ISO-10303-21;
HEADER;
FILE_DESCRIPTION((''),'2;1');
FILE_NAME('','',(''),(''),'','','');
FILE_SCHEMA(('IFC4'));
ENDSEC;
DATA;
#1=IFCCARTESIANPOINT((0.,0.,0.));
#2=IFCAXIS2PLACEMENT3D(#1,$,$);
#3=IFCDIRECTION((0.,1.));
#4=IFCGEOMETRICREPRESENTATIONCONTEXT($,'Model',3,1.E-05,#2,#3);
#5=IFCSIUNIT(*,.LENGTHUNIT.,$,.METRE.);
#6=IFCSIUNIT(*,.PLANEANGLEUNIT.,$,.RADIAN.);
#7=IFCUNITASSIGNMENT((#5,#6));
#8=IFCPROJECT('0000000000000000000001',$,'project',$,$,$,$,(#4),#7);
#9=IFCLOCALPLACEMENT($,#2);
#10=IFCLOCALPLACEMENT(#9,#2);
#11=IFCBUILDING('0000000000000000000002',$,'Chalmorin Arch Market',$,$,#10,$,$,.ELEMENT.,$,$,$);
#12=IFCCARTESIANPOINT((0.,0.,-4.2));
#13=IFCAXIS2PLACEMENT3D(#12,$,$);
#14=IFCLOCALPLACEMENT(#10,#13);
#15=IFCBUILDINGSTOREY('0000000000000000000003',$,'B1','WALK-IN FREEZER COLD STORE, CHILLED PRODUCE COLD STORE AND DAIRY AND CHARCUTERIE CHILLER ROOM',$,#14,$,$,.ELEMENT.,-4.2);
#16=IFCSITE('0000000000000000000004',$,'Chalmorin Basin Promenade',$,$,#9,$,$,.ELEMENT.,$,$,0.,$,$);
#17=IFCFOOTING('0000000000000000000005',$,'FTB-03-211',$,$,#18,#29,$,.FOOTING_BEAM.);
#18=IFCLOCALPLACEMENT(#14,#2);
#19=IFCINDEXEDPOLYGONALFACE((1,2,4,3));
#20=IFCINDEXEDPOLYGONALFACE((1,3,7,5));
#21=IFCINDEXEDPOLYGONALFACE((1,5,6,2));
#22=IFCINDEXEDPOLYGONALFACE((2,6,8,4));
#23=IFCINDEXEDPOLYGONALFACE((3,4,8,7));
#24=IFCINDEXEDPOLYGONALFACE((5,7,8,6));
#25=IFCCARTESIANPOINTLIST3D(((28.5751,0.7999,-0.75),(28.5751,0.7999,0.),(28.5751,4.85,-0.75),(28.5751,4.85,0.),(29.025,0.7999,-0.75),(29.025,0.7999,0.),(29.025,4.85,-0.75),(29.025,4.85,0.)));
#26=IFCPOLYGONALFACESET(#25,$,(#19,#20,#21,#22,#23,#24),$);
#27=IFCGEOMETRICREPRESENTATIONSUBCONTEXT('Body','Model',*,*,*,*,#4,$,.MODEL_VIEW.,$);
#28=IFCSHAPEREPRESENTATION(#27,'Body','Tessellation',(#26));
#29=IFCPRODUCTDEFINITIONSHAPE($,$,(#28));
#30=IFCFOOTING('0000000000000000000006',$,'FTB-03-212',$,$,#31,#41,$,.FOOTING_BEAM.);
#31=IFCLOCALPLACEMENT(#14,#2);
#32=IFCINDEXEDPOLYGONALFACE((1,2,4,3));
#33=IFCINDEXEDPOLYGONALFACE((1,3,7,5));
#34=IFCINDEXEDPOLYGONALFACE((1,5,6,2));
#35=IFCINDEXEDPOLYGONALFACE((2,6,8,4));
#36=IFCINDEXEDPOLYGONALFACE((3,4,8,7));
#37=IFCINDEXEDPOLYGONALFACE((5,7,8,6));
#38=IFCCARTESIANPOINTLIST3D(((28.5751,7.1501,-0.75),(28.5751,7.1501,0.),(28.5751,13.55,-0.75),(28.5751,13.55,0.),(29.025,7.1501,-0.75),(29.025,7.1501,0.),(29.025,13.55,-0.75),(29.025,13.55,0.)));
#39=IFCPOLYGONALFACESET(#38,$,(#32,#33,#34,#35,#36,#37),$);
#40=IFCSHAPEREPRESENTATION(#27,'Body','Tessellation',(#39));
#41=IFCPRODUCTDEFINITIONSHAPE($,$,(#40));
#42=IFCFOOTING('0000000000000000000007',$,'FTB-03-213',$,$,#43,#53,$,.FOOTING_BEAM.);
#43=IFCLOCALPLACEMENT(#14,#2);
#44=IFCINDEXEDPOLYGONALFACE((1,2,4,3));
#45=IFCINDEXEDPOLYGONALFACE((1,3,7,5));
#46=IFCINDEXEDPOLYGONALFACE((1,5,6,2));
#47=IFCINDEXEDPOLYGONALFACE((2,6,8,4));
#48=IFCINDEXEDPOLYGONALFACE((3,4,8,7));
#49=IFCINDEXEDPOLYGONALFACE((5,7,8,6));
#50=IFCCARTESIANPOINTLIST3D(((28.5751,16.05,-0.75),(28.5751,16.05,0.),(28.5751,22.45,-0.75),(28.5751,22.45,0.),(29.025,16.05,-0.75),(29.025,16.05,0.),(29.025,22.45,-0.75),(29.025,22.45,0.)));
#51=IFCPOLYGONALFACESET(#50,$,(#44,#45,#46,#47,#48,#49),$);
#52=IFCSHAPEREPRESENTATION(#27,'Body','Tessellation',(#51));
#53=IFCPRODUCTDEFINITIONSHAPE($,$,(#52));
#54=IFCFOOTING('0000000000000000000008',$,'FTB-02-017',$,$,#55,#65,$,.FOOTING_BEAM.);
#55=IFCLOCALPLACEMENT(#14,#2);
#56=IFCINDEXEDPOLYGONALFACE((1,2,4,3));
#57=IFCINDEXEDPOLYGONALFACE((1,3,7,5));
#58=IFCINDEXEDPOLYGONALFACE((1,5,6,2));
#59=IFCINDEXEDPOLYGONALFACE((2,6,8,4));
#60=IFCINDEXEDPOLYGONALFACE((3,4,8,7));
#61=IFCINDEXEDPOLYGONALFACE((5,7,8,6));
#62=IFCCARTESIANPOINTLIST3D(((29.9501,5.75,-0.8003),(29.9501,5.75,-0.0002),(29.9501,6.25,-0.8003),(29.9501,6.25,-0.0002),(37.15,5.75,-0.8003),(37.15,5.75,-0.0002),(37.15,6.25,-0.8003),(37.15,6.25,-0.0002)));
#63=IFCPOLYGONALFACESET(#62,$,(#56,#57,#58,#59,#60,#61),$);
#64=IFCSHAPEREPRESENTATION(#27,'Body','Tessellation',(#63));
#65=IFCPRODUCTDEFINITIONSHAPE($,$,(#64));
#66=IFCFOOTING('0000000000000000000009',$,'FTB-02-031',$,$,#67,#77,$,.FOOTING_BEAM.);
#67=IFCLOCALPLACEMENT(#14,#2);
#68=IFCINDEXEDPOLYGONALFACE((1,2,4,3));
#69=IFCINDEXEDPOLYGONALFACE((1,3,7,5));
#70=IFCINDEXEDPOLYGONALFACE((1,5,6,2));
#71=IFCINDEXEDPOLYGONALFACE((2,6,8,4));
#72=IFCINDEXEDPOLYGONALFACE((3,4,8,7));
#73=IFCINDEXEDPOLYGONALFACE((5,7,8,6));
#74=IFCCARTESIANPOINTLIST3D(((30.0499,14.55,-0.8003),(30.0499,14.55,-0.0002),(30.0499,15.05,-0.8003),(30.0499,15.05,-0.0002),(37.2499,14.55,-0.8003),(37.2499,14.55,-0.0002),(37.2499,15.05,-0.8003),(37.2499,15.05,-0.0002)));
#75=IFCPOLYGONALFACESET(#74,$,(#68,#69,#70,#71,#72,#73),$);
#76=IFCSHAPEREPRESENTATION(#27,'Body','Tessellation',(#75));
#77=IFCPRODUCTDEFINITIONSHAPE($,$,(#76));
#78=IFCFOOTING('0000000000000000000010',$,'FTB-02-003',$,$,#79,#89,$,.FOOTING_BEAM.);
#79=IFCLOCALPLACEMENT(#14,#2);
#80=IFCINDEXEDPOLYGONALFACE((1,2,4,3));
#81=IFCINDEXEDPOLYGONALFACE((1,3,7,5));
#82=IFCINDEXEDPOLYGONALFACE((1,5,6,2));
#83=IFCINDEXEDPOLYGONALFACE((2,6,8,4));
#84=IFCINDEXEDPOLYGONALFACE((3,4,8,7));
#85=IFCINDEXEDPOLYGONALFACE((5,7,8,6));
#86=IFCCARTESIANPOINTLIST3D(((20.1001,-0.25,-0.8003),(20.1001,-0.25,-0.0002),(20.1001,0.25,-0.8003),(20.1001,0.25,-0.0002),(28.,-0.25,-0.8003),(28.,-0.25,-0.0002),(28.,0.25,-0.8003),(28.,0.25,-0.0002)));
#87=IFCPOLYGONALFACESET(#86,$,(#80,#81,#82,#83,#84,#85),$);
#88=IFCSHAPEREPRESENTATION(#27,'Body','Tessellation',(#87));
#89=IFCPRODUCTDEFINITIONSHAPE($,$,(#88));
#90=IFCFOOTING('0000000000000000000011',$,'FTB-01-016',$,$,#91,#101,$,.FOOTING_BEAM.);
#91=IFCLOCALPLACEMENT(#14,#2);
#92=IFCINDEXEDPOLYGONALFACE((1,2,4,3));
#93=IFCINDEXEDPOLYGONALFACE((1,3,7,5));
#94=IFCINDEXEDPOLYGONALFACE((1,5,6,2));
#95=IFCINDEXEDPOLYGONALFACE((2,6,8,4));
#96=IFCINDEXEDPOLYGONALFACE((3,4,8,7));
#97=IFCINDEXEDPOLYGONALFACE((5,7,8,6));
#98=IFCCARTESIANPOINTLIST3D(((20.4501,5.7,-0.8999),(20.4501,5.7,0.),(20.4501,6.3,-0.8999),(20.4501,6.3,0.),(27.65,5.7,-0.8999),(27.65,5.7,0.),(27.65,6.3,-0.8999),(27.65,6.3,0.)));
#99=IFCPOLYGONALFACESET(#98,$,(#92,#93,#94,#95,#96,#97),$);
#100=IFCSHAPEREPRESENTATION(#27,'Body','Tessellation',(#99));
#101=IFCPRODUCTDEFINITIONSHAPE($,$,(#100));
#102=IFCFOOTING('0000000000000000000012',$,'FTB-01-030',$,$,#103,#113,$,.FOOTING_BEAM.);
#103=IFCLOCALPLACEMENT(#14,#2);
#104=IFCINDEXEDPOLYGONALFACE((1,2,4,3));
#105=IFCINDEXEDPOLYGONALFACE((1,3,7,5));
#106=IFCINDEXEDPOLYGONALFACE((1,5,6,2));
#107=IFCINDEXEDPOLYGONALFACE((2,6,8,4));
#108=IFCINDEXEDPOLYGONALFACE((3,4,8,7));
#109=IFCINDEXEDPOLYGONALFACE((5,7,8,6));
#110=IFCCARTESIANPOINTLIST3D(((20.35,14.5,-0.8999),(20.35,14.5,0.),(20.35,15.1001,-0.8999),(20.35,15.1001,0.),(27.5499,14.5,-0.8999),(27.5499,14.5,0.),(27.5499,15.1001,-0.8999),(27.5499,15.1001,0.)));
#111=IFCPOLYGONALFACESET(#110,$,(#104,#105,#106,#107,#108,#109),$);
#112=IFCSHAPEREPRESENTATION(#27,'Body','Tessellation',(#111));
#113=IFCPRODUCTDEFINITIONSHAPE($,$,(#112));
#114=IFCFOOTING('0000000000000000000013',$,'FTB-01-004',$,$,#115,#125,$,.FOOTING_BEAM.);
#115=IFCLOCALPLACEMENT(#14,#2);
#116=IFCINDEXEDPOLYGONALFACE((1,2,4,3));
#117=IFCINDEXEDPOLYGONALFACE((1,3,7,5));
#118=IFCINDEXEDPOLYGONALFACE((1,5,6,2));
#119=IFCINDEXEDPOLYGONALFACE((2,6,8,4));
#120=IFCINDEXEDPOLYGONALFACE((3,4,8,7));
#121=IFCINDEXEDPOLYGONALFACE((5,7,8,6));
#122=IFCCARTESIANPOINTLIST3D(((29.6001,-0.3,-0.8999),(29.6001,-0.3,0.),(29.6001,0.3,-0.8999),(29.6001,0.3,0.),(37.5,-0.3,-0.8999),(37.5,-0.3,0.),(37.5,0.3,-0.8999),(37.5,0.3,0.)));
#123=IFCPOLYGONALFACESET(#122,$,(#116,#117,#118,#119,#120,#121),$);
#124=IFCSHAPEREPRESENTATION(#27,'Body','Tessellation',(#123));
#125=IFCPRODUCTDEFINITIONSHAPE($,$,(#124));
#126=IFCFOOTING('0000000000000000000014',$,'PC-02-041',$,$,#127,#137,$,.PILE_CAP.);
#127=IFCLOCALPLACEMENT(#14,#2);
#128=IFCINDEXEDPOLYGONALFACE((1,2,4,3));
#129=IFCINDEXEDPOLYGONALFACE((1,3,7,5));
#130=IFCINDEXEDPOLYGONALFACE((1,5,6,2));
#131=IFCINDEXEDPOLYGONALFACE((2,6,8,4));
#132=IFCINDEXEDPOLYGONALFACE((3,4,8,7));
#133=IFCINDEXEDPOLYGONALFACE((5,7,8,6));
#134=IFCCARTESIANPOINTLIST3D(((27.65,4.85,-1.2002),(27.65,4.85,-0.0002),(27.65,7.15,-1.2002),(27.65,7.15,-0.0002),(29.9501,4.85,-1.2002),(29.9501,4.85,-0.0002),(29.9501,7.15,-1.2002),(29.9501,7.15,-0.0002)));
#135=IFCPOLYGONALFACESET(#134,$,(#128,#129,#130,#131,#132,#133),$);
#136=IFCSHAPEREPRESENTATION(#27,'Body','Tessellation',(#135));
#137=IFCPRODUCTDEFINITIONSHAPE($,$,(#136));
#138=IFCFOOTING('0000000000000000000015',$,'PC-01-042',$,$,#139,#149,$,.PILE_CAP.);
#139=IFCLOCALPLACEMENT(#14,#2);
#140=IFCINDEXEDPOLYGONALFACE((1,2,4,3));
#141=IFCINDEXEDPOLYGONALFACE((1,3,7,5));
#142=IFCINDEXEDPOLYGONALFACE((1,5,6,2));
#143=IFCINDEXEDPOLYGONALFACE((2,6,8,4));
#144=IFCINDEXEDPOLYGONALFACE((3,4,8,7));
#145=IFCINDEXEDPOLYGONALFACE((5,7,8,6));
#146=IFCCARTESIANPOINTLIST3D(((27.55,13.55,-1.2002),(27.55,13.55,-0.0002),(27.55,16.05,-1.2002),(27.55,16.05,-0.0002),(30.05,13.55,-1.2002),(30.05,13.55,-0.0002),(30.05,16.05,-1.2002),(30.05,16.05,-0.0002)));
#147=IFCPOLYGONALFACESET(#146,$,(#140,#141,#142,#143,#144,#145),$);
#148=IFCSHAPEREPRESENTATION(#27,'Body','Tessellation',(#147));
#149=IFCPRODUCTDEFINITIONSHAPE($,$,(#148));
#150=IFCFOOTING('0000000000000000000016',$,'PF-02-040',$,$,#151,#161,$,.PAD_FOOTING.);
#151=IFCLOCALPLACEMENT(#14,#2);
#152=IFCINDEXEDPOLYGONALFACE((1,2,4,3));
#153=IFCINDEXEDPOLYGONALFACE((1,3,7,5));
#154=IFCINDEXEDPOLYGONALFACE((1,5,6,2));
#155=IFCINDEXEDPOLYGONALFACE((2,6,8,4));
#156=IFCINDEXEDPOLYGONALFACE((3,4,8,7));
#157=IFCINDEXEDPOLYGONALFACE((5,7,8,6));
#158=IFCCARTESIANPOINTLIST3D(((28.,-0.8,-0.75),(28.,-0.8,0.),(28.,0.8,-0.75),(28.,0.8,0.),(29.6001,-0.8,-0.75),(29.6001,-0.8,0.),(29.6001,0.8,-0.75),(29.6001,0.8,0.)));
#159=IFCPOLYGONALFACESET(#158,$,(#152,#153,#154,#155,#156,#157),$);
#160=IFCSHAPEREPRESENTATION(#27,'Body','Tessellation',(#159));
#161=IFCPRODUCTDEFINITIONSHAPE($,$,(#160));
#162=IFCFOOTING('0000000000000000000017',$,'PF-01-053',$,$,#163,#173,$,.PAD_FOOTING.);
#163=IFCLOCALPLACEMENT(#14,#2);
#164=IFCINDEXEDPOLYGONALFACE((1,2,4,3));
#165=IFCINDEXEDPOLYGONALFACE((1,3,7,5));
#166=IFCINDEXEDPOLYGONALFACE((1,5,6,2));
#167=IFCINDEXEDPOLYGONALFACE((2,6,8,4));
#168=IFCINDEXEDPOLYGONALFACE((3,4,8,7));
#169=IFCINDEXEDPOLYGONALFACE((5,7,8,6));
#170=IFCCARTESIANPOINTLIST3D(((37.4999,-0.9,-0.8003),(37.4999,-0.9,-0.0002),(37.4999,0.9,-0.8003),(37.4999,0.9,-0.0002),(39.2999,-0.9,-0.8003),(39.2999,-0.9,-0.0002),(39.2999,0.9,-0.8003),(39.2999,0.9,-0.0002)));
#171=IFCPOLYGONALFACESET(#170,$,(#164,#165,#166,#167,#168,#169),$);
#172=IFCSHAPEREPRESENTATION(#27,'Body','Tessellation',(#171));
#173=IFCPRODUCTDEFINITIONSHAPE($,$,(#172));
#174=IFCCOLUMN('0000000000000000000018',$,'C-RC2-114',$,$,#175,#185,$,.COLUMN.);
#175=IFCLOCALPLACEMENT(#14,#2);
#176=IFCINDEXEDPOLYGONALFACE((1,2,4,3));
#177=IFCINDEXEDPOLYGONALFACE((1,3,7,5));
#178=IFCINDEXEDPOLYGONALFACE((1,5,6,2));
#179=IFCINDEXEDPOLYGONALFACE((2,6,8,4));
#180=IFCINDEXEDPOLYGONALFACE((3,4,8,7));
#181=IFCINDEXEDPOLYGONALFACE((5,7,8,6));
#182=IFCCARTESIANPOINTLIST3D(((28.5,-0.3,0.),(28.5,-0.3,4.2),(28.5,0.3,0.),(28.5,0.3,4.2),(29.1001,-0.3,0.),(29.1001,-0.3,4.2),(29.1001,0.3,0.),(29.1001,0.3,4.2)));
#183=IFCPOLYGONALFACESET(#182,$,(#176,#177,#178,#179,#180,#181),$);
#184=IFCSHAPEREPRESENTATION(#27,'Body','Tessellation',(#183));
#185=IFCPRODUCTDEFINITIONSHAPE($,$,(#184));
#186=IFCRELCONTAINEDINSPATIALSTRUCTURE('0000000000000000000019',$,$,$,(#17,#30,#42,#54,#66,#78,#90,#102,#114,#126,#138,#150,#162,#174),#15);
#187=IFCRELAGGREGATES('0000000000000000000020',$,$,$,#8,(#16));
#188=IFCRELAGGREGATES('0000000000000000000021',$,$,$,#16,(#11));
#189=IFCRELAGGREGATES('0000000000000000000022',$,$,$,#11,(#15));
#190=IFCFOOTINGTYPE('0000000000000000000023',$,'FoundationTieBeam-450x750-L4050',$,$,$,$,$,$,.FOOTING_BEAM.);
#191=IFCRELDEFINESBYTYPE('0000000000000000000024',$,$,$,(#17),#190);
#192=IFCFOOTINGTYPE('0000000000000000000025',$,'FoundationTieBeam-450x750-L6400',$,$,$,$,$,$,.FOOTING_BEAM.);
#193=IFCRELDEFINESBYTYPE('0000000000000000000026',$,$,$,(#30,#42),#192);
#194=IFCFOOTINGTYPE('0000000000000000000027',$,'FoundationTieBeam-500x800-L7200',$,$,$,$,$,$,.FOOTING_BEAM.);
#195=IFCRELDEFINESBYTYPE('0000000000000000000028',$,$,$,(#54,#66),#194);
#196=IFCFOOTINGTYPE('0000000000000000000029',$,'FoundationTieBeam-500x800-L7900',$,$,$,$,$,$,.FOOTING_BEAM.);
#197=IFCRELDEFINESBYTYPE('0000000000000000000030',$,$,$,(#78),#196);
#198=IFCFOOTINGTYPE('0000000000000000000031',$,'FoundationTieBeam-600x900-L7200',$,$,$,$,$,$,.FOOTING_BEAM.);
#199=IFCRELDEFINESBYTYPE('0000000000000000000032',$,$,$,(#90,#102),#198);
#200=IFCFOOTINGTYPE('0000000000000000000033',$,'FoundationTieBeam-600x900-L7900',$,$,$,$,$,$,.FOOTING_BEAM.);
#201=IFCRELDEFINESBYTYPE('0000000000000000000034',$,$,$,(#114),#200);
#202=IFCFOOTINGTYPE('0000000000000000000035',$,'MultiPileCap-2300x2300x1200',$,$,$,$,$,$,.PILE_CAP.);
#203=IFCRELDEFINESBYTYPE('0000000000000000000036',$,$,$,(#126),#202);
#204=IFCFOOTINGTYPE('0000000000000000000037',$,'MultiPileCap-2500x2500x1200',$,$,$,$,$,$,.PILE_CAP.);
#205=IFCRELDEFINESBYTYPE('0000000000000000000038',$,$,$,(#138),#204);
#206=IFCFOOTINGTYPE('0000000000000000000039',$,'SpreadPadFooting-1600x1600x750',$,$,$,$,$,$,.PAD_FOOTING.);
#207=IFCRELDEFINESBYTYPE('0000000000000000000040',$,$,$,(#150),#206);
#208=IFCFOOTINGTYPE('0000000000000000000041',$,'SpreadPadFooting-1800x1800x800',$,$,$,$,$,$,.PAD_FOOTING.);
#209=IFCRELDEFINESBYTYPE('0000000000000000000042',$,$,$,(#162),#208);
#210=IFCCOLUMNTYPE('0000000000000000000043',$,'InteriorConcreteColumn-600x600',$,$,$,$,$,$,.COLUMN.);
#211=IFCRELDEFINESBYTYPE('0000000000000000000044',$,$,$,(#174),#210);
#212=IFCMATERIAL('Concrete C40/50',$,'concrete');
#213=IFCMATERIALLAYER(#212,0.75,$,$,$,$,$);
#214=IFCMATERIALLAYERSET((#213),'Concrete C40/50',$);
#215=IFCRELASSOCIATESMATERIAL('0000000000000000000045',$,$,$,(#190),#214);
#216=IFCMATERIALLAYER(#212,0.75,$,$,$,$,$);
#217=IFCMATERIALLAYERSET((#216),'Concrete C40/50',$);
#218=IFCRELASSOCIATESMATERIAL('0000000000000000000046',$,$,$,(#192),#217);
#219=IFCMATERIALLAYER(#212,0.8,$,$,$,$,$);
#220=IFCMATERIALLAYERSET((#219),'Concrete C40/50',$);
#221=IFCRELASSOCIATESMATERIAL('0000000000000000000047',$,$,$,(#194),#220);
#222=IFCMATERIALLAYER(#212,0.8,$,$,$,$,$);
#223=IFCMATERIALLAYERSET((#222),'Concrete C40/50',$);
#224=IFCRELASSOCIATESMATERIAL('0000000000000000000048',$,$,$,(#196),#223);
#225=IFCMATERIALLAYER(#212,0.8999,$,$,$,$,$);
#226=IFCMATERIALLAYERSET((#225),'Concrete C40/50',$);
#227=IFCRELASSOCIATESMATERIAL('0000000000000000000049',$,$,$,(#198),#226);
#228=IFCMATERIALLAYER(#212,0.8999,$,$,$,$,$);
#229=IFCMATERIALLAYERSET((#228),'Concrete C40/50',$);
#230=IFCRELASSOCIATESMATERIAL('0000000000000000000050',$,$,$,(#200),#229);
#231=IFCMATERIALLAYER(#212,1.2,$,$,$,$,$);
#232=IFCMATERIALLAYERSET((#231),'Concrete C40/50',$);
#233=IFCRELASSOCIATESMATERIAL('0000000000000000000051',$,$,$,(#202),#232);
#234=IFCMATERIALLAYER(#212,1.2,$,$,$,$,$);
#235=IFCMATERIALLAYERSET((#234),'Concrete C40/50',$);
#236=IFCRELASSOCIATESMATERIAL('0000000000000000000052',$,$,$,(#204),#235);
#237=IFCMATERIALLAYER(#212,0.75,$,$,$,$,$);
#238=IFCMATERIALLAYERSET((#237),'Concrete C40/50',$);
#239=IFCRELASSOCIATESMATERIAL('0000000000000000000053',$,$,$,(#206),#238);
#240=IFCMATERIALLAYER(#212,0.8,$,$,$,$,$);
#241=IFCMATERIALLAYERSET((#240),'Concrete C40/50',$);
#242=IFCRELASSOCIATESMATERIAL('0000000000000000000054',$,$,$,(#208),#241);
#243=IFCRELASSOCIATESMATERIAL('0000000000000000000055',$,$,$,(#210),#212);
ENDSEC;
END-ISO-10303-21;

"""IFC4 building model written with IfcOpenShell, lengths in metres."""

from ifc_helpers import new_model, si_unit, direction, frame, origin, origin_2d, place, context, subcontext, project, spatial, rectangle, extrude, material, layer, layer_set, material_profile, profile_set, type_object, element, save


model = new_model("IFC4")

# Units and contexts
model_context = context("Model", 3, precision=1e-05, world=origin(), true_north=direction((0.0, 1.0)))
body_context = subcontext(model_context, "Body", "Model", "MODEL_VIEW")
ifc_project = project(units=[si_unit("LENGTHUNIT", "METRE"), si_unit("PLANEANGLEUNIT", "RADIAN")], contexts=[model_context])

# Site, building, storey
site_placement = place(None, origin())
site = spatial("IfcSite", under=ifc_project, at=site_placement, Name="Chalmorin Basin Promenade", CompositionType="ELEMENT", RefElevation=0.0)
building_placement = place(site_placement, origin())
building = spatial("IfcBuilding", under=site, at=building_placement, Name="Chalmorin Arch Market", CompositionType="ELEMENT")
storey_placement = place(building_placement, frame((0.0, 0.0, -4.2)))
storey = spatial("IfcBuildingStorey", under=building, at=storey_placement, Name="B1", Description="WALK-IN FREEZER COLD STORE, CHILLED PRODUCE COLD STORE AND DAIRY AND CHARCUTERIE CHILLER ROOM", CompositionType="ELEMENT", Elevation=-4.2)

# Footings
ifc_material_1 = material(Name="Concrete C40/50", Category="concrete")
ifc_layer_1 = layer(ifc_material_1, 0.75)
ifc_layer_set_1 = layer_set([ifc_layer_1], Name="Concrete C40/50")
footing_type_1 = type_object("IfcFootingType", Name="FoundationTieBeam-450x750-L4050", PredefinedType="FOOTING_BEAM", material=ifc_layer_set_1)
footing_1_placement = place(storey_placement, frame((28.8, 2.825, -0.75), z_axis=(0.0, 0.0, 1.0), x_axis=(0.0, 1.0, 0.0)))
element("IfcFooting", 1, at=footing_1_placement, inside=storey, type_object=footing_type_1, Name="FTB-03-211", PredefinedType="FOOTING_BEAM", context=body_context, shape_type="SweptSolid", body=[
    extrude(rectangle(XDim=4.05, YDim=0.45, at=origin_2d()), origin(), (0.0, 0.0, 1.0), 0.75),
])
ifc_layer_2 = layer(ifc_material_1, 0.75)
ifc_layer_set_2 = layer_set([ifc_layer_2], Name="Concrete C40/50")
footing_type_2 = type_object("IfcFootingType", Name="FoundationTieBeam-450x750-L6400", PredefinedType="FOOTING_BEAM", material=ifc_layer_set_2)
for number, where, z_axis, x_axis, name in (
    (2, (28.8, 10.3501, -0.75), (0.0, 0.0, 1.0), (0.0, 1.0, 0.0), "FTB-03-212"),
    (3, (28.8, 19.25, -0.75), (0.0, 0.0, 1.0), (0.0, 1.0, 0.0), "FTB-03-213"),
):
    element("IfcFooting", number, at=place(storey_placement, frame(where, z_axis=z_axis, x_axis=x_axis)), inside=storey, type_object=footing_type_2, Name=name, PredefinedType="FOOTING_BEAM", context=body_context, shape_type="SweptSolid", body=[
        extrude(rectangle(XDim=6.3999, YDim=0.45, at=origin_2d()), origin(), (0.0, 0.0, 1.0), 0.75),
    ])
ifc_layer_3 = layer(ifc_material_1, 0.8)
ifc_layer_set_3 = layer_set([ifc_layer_3], Name="Concrete C40/50")
footing_type_3 = type_object("IfcFootingType", Name="FoundationTieBeam-500x800-L7200", PredefinedType="FOOTING_BEAM", material=ifc_layer_set_3)
for number, where, z_axis, x_axis, name in (
    (4, (33.55, 6.0, -0.8003), (0.0, 0.0, 1.0), (1.0, 0.0, 0.0), "FTB-02-017"),
    (5, (33.6499, 14.8, -0.8003), (0.0, 0.0, 1.0), (1.0, 0.0, 0.0), "FTB-02-031"),
):
    element("IfcFooting", number, at=place(storey_placement, frame(where, z_axis=z_axis, x_axis=x_axis)), inside=storey, type_object=footing_type_3, Name=name, PredefinedType="FOOTING_BEAM", context=body_context, shape_type="SweptSolid", body=[
        extrude(rectangle(XDim=7.2, YDim=0.5, at=origin_2d()), origin(), (0.0, 0.0, 1.0), 0.8),
    ])
ifc_layer_4 = layer(ifc_material_1, 0.8)
ifc_layer_set_4 = layer_set([ifc_layer_4], Name="Concrete C40/50")
footing_type_4 = type_object("IfcFootingType", Name="FoundationTieBeam-500x800-L7900", PredefinedType="FOOTING_BEAM", material=ifc_layer_set_4)
footing_2_placement = place(storey_placement, frame((24.05, 0.0, -0.8003), z_axis=(0.0, 0.0, 1.0), x_axis=(1.0, 0.0, 0.0)))
element("IfcFooting", 6, at=footing_2_placement, inside=storey, type_object=footing_type_4, Name="FTB-02-003", PredefinedType="FOOTING_BEAM", context=body_context, shape_type="SweptSolid", body=[
    extrude(rectangle(XDim=7.8999, YDim=0.5, at=origin_2d()), origin(), (0.0, 0.0, 1.0), 0.8),
])
ifc_layer_5 = layer(ifc_material_1, 0.8999)
ifc_layer_set_5 = layer_set([ifc_layer_5], Name="Concrete C40/50")
footing_type_5 = type_object("IfcFootingType", Name="FoundationTieBeam-600x900-L7200", PredefinedType="FOOTING_BEAM", material=ifc_layer_set_5)
for number, where, z_axis, x_axis, name in (
    (7, (24.05, 6.0, -0.8999), (0.0, 0.0, 1.0), (1.0, 0.0, 0.0), "FTB-01-016"),
    (8, (23.95, 14.8, -0.8999), (0.0, 0.0, 1.0), (1.0, 0.0, 0.0), "FTB-01-030"),
):
    element("IfcFooting", number, at=place(storey_placement, frame(where, z_axis=z_axis, x_axis=x_axis)), inside=storey, type_object=footing_type_5, Name=name, PredefinedType="FOOTING_BEAM", context=body_context, shape_type="SweptSolid", body=[
        extrude(rectangle(XDim=7.2, YDim=0.6001, at=origin_2d()), origin(), (0.0, 0.0, 1.0), 0.8999),
    ])
ifc_layer_6 = layer(ifc_material_1, 0.8999)
ifc_layer_set_6 = layer_set([ifc_layer_6], Name="Concrete C40/50")
footing_type_6 = type_object("IfcFootingType", Name="FoundationTieBeam-600x900-L7900", PredefinedType="FOOTING_BEAM", material=ifc_layer_set_6)
footing_3_placement = place(storey_placement, frame((33.55, 0.0, -0.8999), z_axis=(0.0, 0.0, 1.0), x_axis=(1.0, 0.0, 0.0)))
element("IfcFooting", 9, at=footing_3_placement, inside=storey, type_object=footing_type_6, Name="FTB-01-004", PredefinedType="FOOTING_BEAM", context=body_context, shape_type="SweptSolid", body=[
    extrude(rectangle(XDim=7.8999, YDim=0.6001, at=origin_2d()), origin(), (0.0, 0.0, 1.0), 0.8999),
])
ifc_layer_7 = layer(ifc_material_1, 1.2)
ifc_layer_set_7 = layer_set([ifc_layer_7], Name="Concrete C40/50")
footing_type_7 = type_object("IfcFootingType", Name="MultiPileCap-2300x2300x1200", PredefinedType="PILE_CAP", material=ifc_layer_set_7)
footing_4_placement = place(storey_placement, frame((28.8, 6.0, -1.2002), z_axis=(0.0, 0.0, 1.0), x_axis=(1.0, 0.0, 0.0)))
element("IfcFooting", 10, at=footing_4_placement, inside=storey, type_object=footing_type_7, Name="PC-02-041", PredefinedType="PILE_CAP", context=body_context, shape_type="SweptSolid", body=[
    extrude(rectangle(XDim=2.3, YDim=2.3, at=origin_2d()), origin(), (0.0, 0.0, 1.0), 1.2),
])
ifc_layer_8 = layer(ifc_material_1, 1.2)
ifc_layer_set_8 = layer_set([ifc_layer_8], Name="Concrete C40/50")
footing_type_8 = type_object("IfcFootingType", Name="MultiPileCap-2500x2500x1200", PredefinedType="PILE_CAP", material=ifc_layer_set_8)
footing_5_placement = place(storey_placement, frame((28.8, 14.8, -1.2002), z_axis=(0.0, 0.0, 1.0), x_axis=(1.0, 0.0, 0.0)))
element("IfcFooting", 11, at=footing_5_placement, inside=storey, type_object=footing_type_8, Name="PC-01-042", PredefinedType="PILE_CAP", context=body_context, shape_type="SweptSolid", body=[
    extrude(rectangle(XDim=2.5, YDim=2.5, at=origin_2d()), origin(), (0.0, 0.0, 1.0), 1.2),
])
ifc_layer_9 = layer(ifc_material_1, 0.75)
ifc_layer_set_9 = layer_set([ifc_layer_9], Name="Concrete C40/50")
footing_type_9 = type_object("IfcFootingType", Name="SpreadPadFooting-1600x1600x750", PredefinedType="PAD_FOOTING", material=ifc_layer_set_9)
footing_6_placement = place(storey_placement, frame((28.8, 0.0, -0.75), z_axis=(0.0, 0.0, 1.0), x_axis=(1.0, 0.0, 0.0)))
element("IfcFooting", 12, at=footing_6_placement, inside=storey, type_object=footing_type_9, Name="PF-02-040", PredefinedType="PAD_FOOTING", context=body_context, shape_type="SweptSolid", body=[
    extrude(rectangle(XDim=1.6001, YDim=1.6001, at=origin_2d()), origin(), (0.0, 0.0, 1.0), 0.75),
])
ifc_layer_10 = layer(ifc_material_1, 0.8)
ifc_layer_set_10 = layer_set([ifc_layer_10], Name="Concrete C40/50")
footing_type_10 = type_object("IfcFootingType", Name="SpreadPadFooting-1800x1800x800", PredefinedType="PAD_FOOTING", material=ifc_layer_set_10)
footing_7_placement = place(storey_placement, frame((38.3999, 0.0, -0.8003), z_axis=(0.0, 0.0, 1.0), x_axis=(1.0, 0.0, 0.0)))
element("IfcFooting", 13, at=footing_7_placement, inside=storey, type_object=footing_type_10, Name="PF-01-053", PredefinedType="PAD_FOOTING", context=body_context, shape_type="SweptSolid", body=[
    extrude(rectangle(XDim=1.8, YDim=1.8, at=origin_2d()), origin(), (0.0, 0.0, 1.0), 0.8),
])

# Column
ifc_material_profile_1 = material_profile(ifc_material_1, rectangle(XDim=0.6001, YDim=0.6001, at=origin_2d()), Name="RC600X600")
ifc_profile_set_1 = profile_set([ifc_material_profile_1], Name="Concrete C40/50")
column_type_1 = type_object("IfcColumnType", Name="InteriorConcreteColumn-600x600", PredefinedType="COLUMN", material=ifc_profile_set_1)
for number, where, z_axis, x_axis, name in (
    (14, (28.8, 0.0, 0.0), (0.0, 0.0, 1.0), (1.0, 0.0, 0.0), "C-RC2-114"),
):
    element("IfcColumn", number, at=place(storey_placement, frame(where, z_axis=z_axis, x_axis=x_axis)), inside=storey, type_object=column_type_1, Name=name, PredefinedType="COLUMN", context=body_context, shape_type="SweptSolid", body=[
        extrude(rectangle(XDim=0.6001, YDim=0.6001, at=origin_2d()), origin(), (0.0, 0.0, 1.0), 4.2),
    ])

save(model, "model.ifc")
